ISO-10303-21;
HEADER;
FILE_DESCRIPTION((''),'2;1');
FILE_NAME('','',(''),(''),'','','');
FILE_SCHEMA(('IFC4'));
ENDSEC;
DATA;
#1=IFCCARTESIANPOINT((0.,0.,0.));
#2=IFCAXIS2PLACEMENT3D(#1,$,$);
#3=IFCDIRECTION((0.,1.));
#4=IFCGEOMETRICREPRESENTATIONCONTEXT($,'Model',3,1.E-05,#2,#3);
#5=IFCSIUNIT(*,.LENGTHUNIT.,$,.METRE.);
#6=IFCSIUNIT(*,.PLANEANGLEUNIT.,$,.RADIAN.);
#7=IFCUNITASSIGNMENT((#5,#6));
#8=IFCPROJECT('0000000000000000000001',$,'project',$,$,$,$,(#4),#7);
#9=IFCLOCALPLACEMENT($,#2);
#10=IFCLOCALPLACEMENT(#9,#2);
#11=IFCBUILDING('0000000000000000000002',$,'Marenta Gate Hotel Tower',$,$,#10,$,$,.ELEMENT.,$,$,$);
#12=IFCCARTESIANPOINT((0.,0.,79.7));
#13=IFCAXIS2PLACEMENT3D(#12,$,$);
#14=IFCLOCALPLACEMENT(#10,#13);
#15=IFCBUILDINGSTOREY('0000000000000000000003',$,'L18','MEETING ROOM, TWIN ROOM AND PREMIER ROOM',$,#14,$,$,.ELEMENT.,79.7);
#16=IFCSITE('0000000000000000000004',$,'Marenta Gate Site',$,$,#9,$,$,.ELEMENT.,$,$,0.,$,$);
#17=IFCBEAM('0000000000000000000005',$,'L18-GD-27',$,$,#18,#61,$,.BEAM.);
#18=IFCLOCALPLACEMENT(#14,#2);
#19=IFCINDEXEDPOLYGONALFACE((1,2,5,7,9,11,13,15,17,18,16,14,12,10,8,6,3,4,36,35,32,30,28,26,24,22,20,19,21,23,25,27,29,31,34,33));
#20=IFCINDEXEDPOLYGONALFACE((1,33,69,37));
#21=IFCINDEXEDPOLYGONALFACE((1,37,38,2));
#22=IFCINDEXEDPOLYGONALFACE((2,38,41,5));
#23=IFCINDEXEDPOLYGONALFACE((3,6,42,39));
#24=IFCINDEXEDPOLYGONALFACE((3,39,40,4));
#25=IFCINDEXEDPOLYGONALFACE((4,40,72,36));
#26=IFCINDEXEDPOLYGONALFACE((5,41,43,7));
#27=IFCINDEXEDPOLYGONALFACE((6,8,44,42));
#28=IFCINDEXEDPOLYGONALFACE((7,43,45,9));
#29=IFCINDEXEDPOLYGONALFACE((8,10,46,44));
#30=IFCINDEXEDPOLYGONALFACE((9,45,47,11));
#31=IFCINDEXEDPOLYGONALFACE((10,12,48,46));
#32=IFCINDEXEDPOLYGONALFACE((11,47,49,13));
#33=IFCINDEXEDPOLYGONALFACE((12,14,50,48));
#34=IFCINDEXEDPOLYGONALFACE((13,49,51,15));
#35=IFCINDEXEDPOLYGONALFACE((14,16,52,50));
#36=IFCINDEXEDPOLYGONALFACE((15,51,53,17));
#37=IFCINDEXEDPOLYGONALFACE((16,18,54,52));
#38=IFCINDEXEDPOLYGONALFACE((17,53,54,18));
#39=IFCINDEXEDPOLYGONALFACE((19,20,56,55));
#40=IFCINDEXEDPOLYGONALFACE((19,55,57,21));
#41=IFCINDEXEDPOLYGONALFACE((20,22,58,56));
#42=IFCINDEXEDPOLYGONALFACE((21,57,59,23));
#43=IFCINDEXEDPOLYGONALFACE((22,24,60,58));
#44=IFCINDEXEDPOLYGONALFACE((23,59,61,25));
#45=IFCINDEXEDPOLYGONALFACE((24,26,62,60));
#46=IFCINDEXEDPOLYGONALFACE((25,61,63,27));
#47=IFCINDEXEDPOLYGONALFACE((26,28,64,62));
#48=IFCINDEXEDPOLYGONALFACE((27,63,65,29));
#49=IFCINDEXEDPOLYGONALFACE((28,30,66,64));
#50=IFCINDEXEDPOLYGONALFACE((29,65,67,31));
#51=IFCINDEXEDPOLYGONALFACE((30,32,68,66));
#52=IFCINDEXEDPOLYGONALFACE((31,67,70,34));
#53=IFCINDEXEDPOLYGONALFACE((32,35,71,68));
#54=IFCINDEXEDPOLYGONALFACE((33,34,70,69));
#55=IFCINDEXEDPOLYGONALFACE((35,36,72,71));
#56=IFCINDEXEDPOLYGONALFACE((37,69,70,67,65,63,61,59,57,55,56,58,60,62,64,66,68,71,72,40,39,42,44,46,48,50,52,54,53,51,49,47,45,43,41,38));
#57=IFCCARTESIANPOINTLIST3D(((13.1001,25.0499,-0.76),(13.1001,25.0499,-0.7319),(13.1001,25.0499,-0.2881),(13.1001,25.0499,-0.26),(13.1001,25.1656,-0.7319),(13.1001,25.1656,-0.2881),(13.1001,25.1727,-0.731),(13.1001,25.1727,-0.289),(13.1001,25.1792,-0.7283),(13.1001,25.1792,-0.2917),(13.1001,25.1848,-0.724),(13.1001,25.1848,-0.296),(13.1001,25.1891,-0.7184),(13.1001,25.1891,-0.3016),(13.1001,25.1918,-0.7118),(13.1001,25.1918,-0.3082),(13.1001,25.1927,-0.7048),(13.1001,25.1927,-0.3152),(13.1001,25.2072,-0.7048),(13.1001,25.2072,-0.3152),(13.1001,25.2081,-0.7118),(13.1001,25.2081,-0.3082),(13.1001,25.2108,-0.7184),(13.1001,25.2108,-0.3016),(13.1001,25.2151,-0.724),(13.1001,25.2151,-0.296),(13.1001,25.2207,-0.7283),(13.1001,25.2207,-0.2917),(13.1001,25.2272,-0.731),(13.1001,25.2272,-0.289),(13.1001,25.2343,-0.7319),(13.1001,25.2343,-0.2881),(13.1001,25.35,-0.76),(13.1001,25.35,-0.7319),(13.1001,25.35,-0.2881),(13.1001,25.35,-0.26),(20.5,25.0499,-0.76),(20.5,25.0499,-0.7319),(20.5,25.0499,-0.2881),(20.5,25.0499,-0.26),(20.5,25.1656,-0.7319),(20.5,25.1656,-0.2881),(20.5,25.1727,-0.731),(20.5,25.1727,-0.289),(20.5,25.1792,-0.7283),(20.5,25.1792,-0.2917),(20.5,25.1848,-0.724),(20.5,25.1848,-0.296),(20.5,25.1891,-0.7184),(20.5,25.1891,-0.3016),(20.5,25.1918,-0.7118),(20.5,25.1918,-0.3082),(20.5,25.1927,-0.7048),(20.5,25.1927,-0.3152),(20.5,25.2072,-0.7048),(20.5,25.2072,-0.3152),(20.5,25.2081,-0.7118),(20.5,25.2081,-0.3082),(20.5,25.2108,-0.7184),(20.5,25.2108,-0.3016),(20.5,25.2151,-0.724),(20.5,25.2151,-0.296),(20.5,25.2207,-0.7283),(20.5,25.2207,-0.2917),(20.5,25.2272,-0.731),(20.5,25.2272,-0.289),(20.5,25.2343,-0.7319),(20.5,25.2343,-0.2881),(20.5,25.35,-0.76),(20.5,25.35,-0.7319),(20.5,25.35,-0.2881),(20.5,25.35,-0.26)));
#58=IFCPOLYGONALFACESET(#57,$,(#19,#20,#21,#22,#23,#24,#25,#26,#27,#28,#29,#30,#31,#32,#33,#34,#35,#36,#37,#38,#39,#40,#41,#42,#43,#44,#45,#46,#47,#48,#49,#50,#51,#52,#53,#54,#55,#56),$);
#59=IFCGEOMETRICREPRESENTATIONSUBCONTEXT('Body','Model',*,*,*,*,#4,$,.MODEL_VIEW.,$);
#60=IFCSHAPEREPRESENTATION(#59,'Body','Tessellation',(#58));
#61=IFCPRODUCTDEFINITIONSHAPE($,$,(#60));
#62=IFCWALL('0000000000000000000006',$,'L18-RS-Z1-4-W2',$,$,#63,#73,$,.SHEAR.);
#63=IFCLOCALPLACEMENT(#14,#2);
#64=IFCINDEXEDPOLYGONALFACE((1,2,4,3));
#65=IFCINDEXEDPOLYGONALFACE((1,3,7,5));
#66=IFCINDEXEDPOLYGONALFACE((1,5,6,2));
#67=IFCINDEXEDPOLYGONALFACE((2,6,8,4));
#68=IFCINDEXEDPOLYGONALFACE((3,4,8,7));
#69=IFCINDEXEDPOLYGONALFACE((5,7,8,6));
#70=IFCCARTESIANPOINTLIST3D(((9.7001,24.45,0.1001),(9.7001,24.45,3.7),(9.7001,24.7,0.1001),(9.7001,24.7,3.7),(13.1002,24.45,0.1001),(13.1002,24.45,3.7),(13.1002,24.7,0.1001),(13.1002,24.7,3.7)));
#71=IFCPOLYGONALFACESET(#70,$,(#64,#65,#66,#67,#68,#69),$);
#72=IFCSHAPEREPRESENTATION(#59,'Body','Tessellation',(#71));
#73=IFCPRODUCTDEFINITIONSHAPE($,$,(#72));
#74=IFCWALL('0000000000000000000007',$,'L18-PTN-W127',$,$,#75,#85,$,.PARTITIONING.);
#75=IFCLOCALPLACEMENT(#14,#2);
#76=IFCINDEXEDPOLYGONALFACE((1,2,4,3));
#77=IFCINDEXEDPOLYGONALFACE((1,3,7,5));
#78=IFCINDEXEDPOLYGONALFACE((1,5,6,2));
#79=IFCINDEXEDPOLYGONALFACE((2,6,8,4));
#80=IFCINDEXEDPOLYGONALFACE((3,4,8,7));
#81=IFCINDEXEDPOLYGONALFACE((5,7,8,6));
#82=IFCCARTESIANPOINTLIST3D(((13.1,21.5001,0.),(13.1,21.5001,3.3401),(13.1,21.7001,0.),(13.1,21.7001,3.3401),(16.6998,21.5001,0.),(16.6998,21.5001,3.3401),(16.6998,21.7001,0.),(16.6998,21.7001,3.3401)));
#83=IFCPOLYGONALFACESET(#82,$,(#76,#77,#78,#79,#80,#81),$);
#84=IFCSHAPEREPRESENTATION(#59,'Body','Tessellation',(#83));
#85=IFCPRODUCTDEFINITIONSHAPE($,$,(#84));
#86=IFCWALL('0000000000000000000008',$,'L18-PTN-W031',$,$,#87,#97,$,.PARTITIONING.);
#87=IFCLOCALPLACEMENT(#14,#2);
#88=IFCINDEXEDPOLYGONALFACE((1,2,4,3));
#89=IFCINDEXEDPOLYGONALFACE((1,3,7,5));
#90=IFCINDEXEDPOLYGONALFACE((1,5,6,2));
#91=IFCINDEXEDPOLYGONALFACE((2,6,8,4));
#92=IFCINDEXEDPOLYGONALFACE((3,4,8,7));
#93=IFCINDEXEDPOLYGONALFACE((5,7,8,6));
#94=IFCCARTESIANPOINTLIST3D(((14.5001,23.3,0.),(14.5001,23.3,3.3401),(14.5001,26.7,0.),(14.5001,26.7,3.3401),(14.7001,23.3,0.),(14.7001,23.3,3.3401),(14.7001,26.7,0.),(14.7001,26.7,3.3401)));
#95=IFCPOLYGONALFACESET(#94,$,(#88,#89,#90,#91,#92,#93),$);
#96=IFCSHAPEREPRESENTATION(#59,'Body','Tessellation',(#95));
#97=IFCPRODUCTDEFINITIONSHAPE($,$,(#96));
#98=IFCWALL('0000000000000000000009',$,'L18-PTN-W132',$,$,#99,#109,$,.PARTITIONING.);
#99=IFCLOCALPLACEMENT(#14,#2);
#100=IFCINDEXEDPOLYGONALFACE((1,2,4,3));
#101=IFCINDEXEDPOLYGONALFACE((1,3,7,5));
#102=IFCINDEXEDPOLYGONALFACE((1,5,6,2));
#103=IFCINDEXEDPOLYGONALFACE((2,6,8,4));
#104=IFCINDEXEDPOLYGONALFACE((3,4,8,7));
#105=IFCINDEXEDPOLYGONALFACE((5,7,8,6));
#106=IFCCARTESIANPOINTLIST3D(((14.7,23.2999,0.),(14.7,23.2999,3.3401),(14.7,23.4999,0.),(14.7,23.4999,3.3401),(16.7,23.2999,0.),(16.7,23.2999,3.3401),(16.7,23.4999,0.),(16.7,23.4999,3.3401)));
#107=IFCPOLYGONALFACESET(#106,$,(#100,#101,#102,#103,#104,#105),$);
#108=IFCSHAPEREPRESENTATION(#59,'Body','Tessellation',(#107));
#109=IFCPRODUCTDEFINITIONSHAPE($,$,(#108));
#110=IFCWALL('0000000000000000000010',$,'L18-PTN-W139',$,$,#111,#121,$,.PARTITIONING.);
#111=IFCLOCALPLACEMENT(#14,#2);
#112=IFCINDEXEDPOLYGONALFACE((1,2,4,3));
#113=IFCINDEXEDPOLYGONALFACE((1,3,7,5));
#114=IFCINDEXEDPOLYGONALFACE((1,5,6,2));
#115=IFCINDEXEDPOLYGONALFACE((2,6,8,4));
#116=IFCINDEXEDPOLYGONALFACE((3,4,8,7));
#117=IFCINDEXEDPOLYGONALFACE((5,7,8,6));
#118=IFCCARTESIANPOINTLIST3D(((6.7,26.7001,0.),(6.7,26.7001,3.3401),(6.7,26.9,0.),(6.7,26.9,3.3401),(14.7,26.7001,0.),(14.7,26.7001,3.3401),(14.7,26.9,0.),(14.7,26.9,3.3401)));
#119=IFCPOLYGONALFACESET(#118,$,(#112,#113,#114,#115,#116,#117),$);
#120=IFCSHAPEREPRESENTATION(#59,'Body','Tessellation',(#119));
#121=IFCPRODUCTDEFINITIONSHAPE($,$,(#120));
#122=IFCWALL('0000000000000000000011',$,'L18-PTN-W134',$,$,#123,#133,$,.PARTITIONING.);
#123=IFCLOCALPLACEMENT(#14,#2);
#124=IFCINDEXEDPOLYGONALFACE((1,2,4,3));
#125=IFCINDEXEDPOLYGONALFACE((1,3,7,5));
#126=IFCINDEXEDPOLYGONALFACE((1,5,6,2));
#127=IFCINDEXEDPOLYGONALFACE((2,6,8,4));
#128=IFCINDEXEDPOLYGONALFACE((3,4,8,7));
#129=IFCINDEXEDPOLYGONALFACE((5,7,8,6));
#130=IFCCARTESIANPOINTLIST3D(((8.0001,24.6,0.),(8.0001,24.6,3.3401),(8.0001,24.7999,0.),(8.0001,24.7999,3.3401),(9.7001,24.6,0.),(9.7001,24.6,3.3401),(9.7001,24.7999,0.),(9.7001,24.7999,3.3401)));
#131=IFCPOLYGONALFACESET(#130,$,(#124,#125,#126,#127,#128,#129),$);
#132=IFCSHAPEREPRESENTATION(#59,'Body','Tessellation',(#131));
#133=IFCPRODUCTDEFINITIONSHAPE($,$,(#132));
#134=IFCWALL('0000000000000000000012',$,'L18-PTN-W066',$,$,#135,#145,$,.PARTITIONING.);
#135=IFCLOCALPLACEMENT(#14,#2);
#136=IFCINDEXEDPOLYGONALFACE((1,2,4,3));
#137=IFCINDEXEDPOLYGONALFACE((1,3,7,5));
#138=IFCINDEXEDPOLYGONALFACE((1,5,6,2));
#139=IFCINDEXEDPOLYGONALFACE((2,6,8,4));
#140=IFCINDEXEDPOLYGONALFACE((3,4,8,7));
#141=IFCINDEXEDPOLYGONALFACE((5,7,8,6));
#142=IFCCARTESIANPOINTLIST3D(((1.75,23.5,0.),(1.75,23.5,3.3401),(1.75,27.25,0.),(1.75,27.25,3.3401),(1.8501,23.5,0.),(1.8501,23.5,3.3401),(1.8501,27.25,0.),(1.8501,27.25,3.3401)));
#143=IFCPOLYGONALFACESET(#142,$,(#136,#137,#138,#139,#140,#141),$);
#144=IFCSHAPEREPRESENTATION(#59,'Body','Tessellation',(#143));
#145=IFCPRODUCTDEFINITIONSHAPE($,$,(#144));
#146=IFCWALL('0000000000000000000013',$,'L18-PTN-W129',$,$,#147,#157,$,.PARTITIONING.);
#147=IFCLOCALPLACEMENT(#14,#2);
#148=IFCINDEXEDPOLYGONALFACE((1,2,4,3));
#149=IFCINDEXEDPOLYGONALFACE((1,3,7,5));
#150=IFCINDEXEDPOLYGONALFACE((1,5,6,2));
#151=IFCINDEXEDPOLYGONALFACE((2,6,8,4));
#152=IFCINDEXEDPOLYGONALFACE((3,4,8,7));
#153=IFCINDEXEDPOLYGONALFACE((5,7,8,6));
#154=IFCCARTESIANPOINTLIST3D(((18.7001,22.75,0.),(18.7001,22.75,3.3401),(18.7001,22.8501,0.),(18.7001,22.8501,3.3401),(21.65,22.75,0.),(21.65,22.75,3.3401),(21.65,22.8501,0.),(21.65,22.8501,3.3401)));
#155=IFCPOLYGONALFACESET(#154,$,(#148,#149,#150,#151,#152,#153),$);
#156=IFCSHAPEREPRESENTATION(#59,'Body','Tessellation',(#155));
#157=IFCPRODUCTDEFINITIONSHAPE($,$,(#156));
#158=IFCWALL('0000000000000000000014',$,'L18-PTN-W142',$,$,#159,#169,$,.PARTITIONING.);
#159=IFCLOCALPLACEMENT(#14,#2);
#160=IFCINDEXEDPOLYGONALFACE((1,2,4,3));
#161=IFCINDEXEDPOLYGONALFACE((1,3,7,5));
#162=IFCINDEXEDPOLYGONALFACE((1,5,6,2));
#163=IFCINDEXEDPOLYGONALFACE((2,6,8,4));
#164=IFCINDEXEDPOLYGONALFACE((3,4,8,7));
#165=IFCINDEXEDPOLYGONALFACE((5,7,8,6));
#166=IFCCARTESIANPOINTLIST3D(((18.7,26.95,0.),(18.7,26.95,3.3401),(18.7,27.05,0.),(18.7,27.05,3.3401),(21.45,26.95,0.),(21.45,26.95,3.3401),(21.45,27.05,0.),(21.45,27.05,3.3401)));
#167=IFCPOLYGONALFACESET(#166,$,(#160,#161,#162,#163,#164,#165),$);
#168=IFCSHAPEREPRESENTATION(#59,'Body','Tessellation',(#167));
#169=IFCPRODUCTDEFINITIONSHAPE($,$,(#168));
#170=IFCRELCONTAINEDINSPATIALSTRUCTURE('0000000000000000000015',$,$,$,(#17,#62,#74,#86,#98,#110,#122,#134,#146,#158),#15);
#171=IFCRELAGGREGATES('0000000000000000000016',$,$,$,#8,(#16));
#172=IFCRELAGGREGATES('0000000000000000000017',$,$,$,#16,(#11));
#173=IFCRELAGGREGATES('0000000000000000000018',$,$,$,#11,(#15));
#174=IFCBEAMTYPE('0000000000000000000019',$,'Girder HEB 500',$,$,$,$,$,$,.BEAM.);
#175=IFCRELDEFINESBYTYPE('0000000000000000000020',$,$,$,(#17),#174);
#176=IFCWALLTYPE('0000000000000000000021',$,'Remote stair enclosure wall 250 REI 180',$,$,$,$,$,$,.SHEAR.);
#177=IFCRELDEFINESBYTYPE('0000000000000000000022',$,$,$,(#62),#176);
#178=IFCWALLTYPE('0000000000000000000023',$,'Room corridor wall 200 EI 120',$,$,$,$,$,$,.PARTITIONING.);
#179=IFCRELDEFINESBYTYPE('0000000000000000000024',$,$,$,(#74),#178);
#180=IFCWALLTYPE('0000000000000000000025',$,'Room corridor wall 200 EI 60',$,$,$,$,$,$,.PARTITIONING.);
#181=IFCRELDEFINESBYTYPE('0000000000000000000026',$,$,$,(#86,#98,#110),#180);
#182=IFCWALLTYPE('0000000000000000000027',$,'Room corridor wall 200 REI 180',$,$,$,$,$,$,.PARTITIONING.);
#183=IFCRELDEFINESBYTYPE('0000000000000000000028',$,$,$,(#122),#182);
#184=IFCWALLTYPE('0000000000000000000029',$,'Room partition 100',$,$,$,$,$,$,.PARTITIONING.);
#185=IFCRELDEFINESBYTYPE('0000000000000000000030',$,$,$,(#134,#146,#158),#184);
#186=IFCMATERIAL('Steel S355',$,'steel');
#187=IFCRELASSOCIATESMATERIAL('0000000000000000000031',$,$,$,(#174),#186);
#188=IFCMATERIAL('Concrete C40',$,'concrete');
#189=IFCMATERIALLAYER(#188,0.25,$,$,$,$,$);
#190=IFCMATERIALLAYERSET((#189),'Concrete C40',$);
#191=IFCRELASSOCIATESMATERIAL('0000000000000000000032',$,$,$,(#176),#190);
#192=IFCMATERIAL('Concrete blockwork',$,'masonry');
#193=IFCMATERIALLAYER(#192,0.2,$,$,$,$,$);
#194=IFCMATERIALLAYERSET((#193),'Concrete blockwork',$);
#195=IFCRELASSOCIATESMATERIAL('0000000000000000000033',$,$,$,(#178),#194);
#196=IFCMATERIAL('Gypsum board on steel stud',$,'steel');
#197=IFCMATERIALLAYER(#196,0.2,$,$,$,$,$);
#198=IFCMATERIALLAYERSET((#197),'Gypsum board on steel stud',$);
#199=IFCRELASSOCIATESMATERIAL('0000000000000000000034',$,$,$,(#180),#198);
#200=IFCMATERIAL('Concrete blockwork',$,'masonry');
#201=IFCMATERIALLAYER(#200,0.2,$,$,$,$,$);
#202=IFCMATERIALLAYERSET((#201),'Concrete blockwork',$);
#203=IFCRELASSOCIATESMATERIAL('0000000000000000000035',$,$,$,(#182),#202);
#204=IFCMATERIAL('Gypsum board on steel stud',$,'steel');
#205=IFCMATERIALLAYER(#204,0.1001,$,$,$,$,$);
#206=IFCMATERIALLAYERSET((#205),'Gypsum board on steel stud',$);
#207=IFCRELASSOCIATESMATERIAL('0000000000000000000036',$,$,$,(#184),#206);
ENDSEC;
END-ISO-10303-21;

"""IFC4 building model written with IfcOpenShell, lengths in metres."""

from ifc_helpers import new_model, si_unit, direction, frame, frame_2d, origin, origin_2d, place, context, subcontext, project, spatial, rectangle, i_section, extrude, material, layer, layer_set, material_profile, profile_set, type_object, element, save


model = new_model("IFC4")

# Units and contexts
model_context = context("Model", 3, precision=1e-05, world=origin(), true_north=direction((0.0, 1.0)))
body_context = subcontext(model_context, "Body", "Model", "MODEL_VIEW")
ifc_project = project(units=[si_unit("LENGTHUNIT", "METRE"), si_unit("PLANEANGLEUNIT", "RADIAN")], contexts=[model_context])

# Site, building, storey
site_placement = place(None, origin())
site = spatial("IfcSite", under=ifc_project, at=site_placement, Name="Marenta Gate Site", CompositionType="ELEMENT", RefElevation=0.0)
building_placement = place(site_placement, origin())
building = spatial("IfcBuilding", under=site, at=building_placement, Name="Marenta Gate Hotel Tower", CompositionType="ELEMENT")
storey_placement = place(building_placement, frame((0.0, 0.0, 79.7)))
storey = spatial("IfcBuildingStorey", under=building, at=storey_placement, Name="L18", Description="MEETING ROOM, TWIN ROOM AND PREMIER ROOM", CompositionType="ELEMENT", Elevation=79.7)

# Beam
ifc_material_1 = material(Name="Steel S355", Category="steel")
ifc_material_profile_1 = material_profile(ifc_material_1, i_section(OverallWidth=0.3, OverallDepth=0.5, WebThickness=0.0144, FlangeThickness=0.0281, FilletRadius=0.0271, at=origin_2d()), Name="HEB 500")
ifc_profile_set_1 = profile_set([ifc_material_profile_1], Name="Steel S355")
beam_type_1 = type_object("IfcBeamType", Name="Girder HEB 500", PredefinedType="BEAM", material=ifc_profile_set_1)
beam_1_placement = place(storey_placement, frame((13.1001, 25.2, -0.51), z_axis=(1.0, 0.0, 0.0), x_axis=(0.0, 1.0, 0.0)))
element("IfcBeam", 1, at=beam_1_placement, inside=storey, type_object=beam_type_1, Name="L18-GD-27", PredefinedType="BEAM", context=body_context, shape_type="SweptSolid", body=[
    extrude(i_section(OverallWidth=0.3, OverallDepth=0.5, WebThickness=0.0144, FlangeThickness=0.0281, FilletRadius=0.0271, at=origin_2d()), origin(), (0.0, 0.0, 1.0), 7.3999),
])

# Walls
ifc_material_2 = material(Name="Concrete C40", Category="concrete")
ifc_layer_1 = layer(ifc_material_2, 0.25)
ifc_layer_set_1 = layer_set([ifc_layer_1], Name="Concrete C40")
wall_type_1 = type_object("IfcWallType", Name="Remote stair enclosure wall 250 REI 180", PredefinedType="SHEAR", material=ifc_layer_set_1)
wall_1_placement = place(storey_placement, frame((9.7, 24.575, 0.1001), z_axis=(0.0, 0.0, 1.0), x_axis=(1.0, 0.0, 0.0)))
element("IfcWall", 2, at=wall_1_placement, inside=storey, type_object=wall_type_1, Name="L18-RS-Z1-4-W2", PredefinedType="SHEAR", context=body_context, shape_type="SweptSolid", body=[
    extrude(rectangle(XDim=3.4001, YDim=0.25, at=frame_2d((1.7002, 0.0))), origin(), (0.0, 0.0, 1.0), 3.5999),
])
ifc_material_3 = material(Name="Concrete blockwork", Category="masonry")
ifc_layer_2 = layer(ifc_material_3, 0.2)
ifc_layer_set_2 = layer_set([ifc_layer_2], Name="Concrete blockwork")
wall_type_2 = type_object("IfcWallType", Name="Room corridor wall 200 EI 120", PredefinedType="PARTITIONING", material=ifc_layer_set_2)
wall_2_placement = place(storey_placement, frame((13.1001, 21.6001, 0.0), z_axis=(0.0, 0.0, 1.0), x_axis=(1.0, 0.0, 0.0)))
element("IfcWall", 3, at=wall_2_placement, inside=storey, type_object=wall_type_2, Name="L18-PTN-W127", PredefinedType="PARTITIONING", context=body_context, shape_type="SweptSolid", body=[
    extrude(rectangle(XDim=3.5999, YDim=0.2, at=frame_2d((1.7998, 0.0))), origin(), (0.0, 0.0, 1.0), 3.3401),
])

# Shared definitions
ifc_material_4 = material(Name="Gypsum board on steel stud", Category="steel")
ifc_layer_3 = layer(ifc_material_4, 0.2)
ifc_layer_set_3 = layer_set([ifc_layer_3], Name="Gypsum board on steel stud")
wall_type_3 = type_object("IfcWallType", Name="Room corridor wall 200 EI 60", PredefinedType="PARTITIONING", material=ifc_layer_set_3)

# Wall
wall_3_placement = place(storey_placement, frame((14.6001, 23.3, 0.0), z_axis=(0.0, 0.0, 1.0), x_axis=(0.0, 1.0, 0.0)))
element("IfcWall", 4, at=wall_3_placement, inside=storey, type_object=wall_type_3, Name="L18-PTN-W031", PredefinedType="PARTITIONING", context=body_context, shape_type="SweptSolid", body=[
    extrude(rectangle(XDim=3.3999, YDim=0.2, at=frame_2d((1.7, 0.0))), origin(), (0.0, 0.0, 1.0), 3.3401),
])

# Walls
wall_4_placement = place(storey_placement, frame((14.7, 23.3999, 0.0), z_axis=(0.0, 0.0, 1.0), x_axis=(1.0, 0.0, 0.0)))
element("IfcWall", 5, at=wall_4_placement, inside=storey, type_object=wall_type_3, Name="L18-PTN-W132", PredefinedType="PARTITIONING", context=body_context, shape_type="SweptSolid", body=[
    extrude(rectangle(XDim=2.0, YDim=0.2, at=frame_2d((1.0, 0.0))), origin(), (0.0, 0.0, 1.0), 3.3401),
])
wall_5_placement = place(storey_placement, frame((6.7, 26.8, 0.0), z_axis=(0.0, 0.0, 1.0), x_axis=(1.0, 0.0, 0.0)))
element("IfcWall", 6, at=wall_5_placement, inside=storey, type_object=wall_type_3, Name="L18-PTN-W139", PredefinedType="PARTITIONING", context=body_context, shape_type="SweptSolid", body=[
    extrude(rectangle(XDim=8.0, YDim=0.2, at=frame_2d((4.0, 0.0))), origin(), (0.0, 0.0, 1.0), 3.3401),
])

# Shared definitions
ifc_material_5 = material(Name="Concrete blockwork", Category="masonry")
ifc_layer_4 = layer(ifc_material_5, 0.2)
ifc_layer_set_4 = layer_set([ifc_layer_4], Name="Concrete blockwork")
wall_type_4 = type_object("IfcWallType", Name="Room corridor wall 200 REI 180", PredefinedType="PARTITIONING", material=ifc_layer_set_4)

# Walls
wall_6_placement = place(storey_placement, frame((8.0, 24.7, 0.0), z_axis=(0.0, 0.0, 1.0), x_axis=(1.0, 0.0, 0.0)))
element("IfcWall", 7, at=wall_6_placement, inside=storey, type_object=wall_type_4, Name="L18-PTN-W134", PredefinedType="PARTITIONING", context=body_context, shape_type="SweptSolid", body=[
    extrude(rectangle(XDim=1.7, YDim=0.2, at=frame_2d((0.8501, 0.0))), origin(), (0.0, 0.0, 1.0), 3.3401),
])
ifc_material_6 = material(Name="Gypsum board on steel stud", Category="steel")
ifc_layer_5 = layer(ifc_material_6, 0.1001)
ifc_layer_set_5 = layer_set([ifc_layer_5], Name="Gypsum board on steel stud")
wall_type_5 = type_object("IfcWallType", Name="Room partition 100", PredefinedType="PARTITIONING", material=ifc_layer_set_5)
wall_7_placement = place(storey_placement, frame((1.8, 23.5, 0.0), z_axis=(0.0, 0.0, 1.0), x_axis=(0.0, 1.0, 0.0)))
element("IfcWall", 8, at=wall_7_placement, inside=storey, type_object=wall_type_5, Name="L18-PTN-W066", PredefinedType="PARTITIONING", context=body_context, shape_type="SweptSolid", body=[
    extrude(rectangle(XDim=3.75, YDim=0.1001, at=frame_2d((1.875, 0.0))), origin(), (0.0, 0.0, 1.0), 3.3401),
])
wall_8_placement = place(storey_placement, frame((18.7, 22.8, 0.0), z_axis=(0.0, 0.0, 1.0), x_axis=(1.0, 0.0, 0.0)))
element("IfcWall", 9, at=wall_8_placement, inside=storey, type_object=wall_type_5, Name="L18-PTN-W129", PredefinedType="PARTITIONING", context=body_context, shape_type="SweptSolid", body=[
    extrude(rectangle(XDim=2.95, YDim=0.1001, at=frame_2d((1.4751, 0.0))), origin(), (0.0, 0.0, 1.0), 3.3401),
])
wall_9_placement = place(storey_placement, frame((18.7, 27.0, 0.0), z_axis=(0.0, 0.0, 1.0), x_axis=(1.0, 0.0, 0.0)))
element("IfcWall", 10, at=wall_9_placement, inside=storey, type_object=wall_type_5, Name="L18-PTN-W142", PredefinedType="PARTITIONING", context=body_context, shape_type="SweptSolid", body=[
    extrude(rectangle(XDim=2.75, YDim=0.1001, at=frame_2d((1.375, 0.0))), origin(), (0.0, 0.0, 1.0), 3.3401),
])

save(model, "model.ifc")
